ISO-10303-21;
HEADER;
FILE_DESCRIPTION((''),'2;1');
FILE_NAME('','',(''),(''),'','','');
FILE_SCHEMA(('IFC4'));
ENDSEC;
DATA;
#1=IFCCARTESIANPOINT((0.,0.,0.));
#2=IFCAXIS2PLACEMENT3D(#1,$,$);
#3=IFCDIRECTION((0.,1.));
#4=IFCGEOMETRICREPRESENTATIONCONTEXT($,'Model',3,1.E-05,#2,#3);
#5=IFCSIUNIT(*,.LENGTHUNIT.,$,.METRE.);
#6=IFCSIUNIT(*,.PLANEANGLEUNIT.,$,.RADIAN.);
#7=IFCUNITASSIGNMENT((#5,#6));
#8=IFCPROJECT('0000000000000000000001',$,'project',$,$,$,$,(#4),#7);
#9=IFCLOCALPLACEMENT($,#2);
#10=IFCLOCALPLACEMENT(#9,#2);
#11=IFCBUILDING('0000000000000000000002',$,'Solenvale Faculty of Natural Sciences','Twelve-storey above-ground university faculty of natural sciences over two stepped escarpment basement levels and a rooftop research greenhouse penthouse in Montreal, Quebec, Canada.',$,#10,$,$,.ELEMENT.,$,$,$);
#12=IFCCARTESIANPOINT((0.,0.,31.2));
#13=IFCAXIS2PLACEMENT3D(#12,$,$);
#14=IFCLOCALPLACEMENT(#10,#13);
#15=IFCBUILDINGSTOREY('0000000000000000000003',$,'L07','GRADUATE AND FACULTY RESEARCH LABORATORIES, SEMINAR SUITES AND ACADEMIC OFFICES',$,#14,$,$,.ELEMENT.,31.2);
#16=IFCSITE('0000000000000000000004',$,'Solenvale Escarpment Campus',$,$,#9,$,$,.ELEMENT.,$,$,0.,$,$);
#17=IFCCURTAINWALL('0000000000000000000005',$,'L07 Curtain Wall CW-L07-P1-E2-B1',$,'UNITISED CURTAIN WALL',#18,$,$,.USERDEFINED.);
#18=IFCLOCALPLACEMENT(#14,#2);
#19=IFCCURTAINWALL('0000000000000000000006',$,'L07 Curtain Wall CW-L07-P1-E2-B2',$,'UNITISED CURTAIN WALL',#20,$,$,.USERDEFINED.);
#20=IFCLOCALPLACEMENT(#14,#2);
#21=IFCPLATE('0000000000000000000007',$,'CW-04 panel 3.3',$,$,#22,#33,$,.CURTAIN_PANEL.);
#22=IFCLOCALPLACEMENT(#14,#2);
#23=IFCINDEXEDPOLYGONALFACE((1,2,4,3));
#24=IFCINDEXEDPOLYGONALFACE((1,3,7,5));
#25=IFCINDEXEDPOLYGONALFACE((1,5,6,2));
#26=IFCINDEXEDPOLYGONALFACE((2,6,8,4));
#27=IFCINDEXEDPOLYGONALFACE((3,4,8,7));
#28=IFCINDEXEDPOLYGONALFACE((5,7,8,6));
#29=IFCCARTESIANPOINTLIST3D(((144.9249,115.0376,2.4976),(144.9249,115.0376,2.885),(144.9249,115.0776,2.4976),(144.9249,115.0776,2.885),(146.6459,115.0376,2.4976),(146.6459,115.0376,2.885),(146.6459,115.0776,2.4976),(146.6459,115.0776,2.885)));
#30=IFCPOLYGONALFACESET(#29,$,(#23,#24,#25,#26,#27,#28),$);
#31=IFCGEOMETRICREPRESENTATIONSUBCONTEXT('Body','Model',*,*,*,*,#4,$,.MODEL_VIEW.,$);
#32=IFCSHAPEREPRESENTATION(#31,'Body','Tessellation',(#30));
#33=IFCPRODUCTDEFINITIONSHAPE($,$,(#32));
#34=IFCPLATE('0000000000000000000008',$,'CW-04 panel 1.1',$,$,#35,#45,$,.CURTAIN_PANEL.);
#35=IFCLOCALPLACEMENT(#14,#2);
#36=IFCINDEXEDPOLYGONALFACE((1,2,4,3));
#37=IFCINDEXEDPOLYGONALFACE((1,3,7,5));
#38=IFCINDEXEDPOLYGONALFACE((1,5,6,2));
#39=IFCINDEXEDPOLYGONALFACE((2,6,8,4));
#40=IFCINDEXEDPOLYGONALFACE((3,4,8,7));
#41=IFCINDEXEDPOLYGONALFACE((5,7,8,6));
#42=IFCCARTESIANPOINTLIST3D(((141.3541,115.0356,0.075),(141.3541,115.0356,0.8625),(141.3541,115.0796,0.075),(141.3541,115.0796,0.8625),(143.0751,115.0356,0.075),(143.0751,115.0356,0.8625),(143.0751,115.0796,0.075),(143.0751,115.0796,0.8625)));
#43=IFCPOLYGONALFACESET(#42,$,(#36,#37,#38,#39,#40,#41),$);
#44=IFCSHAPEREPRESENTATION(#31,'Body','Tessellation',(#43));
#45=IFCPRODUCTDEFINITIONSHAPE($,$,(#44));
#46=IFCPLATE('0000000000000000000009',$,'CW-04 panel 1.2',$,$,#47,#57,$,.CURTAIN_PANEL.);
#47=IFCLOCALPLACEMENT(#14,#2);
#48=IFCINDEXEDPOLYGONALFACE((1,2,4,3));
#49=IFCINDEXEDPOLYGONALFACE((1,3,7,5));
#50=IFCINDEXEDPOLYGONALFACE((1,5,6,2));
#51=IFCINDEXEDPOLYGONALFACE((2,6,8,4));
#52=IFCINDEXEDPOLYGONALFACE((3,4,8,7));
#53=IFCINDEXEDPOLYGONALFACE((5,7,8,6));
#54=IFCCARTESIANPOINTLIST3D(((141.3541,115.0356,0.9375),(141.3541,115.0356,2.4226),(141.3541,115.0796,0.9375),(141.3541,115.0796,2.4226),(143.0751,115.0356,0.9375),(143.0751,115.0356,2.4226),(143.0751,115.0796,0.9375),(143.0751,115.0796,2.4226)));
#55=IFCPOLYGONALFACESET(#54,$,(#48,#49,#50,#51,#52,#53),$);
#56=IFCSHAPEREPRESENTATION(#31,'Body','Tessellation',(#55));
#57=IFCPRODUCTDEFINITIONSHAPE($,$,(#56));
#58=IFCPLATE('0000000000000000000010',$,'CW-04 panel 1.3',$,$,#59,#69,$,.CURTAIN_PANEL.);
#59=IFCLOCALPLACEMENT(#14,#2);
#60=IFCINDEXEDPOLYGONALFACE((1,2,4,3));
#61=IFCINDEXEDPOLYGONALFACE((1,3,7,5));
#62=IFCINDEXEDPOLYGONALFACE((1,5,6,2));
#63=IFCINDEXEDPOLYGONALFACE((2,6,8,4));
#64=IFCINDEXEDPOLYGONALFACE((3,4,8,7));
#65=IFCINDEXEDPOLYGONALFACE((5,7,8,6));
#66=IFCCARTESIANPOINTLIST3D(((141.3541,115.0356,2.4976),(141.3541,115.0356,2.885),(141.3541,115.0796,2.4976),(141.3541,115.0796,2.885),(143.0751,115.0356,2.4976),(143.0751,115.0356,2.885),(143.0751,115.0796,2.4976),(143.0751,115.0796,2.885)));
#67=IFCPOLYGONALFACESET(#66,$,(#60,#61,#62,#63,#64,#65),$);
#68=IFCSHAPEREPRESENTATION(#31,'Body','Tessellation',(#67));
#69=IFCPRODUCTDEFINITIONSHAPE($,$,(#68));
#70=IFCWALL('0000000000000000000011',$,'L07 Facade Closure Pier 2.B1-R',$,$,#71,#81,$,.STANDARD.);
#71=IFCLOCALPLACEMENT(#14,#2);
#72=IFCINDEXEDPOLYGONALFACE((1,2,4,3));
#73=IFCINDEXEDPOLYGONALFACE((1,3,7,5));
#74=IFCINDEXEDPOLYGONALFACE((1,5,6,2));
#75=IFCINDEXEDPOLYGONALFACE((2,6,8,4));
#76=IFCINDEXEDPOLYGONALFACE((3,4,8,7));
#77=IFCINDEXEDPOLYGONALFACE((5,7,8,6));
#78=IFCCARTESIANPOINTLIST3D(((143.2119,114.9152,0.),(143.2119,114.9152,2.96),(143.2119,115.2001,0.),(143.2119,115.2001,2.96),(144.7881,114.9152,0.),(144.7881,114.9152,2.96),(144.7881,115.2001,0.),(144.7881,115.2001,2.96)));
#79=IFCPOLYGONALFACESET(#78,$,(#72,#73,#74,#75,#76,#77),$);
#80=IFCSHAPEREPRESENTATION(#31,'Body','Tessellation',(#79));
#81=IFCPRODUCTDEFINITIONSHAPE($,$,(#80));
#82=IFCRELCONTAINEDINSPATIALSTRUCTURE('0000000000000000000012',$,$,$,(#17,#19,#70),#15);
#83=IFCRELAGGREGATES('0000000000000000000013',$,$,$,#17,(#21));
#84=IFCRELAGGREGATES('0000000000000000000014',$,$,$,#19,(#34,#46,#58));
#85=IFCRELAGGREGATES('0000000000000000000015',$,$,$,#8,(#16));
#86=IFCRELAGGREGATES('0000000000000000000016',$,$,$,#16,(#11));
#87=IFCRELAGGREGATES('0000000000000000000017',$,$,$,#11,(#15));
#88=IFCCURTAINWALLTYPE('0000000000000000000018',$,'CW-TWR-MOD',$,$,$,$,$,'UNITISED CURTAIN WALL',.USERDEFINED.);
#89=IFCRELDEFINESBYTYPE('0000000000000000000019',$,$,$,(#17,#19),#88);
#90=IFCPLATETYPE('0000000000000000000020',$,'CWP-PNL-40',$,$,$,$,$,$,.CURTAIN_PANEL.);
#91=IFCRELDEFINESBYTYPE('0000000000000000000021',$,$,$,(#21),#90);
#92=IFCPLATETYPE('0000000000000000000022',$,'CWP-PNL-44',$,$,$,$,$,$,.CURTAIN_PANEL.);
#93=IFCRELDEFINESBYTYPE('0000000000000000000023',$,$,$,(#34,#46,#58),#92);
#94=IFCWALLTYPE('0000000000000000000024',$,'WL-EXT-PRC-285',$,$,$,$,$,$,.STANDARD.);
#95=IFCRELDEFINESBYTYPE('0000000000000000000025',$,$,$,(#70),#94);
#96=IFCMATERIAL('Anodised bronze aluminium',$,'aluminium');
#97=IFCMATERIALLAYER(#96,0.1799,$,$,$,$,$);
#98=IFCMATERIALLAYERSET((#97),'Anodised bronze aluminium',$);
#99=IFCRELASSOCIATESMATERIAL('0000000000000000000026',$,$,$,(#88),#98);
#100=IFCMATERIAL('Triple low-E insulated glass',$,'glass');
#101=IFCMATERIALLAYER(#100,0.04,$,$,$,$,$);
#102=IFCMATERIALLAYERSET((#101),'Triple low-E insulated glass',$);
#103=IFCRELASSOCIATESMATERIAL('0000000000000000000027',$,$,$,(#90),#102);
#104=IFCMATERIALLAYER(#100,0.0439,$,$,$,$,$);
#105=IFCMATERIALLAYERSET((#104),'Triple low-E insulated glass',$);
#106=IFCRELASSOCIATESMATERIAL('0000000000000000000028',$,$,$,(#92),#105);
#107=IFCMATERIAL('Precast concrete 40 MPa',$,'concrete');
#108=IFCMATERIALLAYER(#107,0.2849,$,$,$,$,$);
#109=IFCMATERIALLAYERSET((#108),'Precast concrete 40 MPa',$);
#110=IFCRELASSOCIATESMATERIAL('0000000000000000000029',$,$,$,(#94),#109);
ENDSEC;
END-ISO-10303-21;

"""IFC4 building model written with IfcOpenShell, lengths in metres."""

from ifc_helpers import new_model, si_unit, direction, frame, frame_2d, origin, origin_2d, place, context, subcontext, project, spatial, rectangle, extrude, material, layer, layer_set, type_object, element, aggregate, save


model = new_model("IFC4")

# Units and contexts
model_context = context("Model", 3, precision=1e-05, world=origin(), true_north=direction((0.0, 1.0)))
body_context = subcontext(model_context, "Body", "Model", "MODEL_VIEW")
ifc_project = project(units=[si_unit("LENGTHUNIT", "METRE"), si_unit("PLANEANGLEUNIT", "RADIAN")], contexts=[model_context])

# Site, building, storey
site_placement = place(None, origin())
site = spatial("IfcSite", under=ifc_project, at=site_placement, Name="Solenvale Escarpment Campus", CompositionType="ELEMENT", RefElevation=0.0)
building_placement = place(site_placement, origin())
building = spatial("IfcBuilding", under=site, at=building_placement, Name="Solenvale Faculty of Natural Sciences", Description="Twelve-storey above-ground university faculty of natural sciences over two stepped escarpment basement levels and a rooftop research greenhouse penthouse in Montreal, Quebec, Canada.", CompositionType="ELEMENT")
storey_placement = place(building_placement, frame((0.0, 0.0, 31.2)))
storey = spatial("IfcBuildingStorey", under=building, at=storey_placement, Name="L07", Description="GRADUATE AND FACULTY RESEARCH LABORATORIES, SEMINAR SUITES AND ACADEMIC OFFICES", CompositionType="ELEMENT", Elevation=31.2)

# Shared definitions
ifc_material_1 = material(Name="Precast concrete 40 MPa", Category="concrete")

# Curtain wall
ifc_material_2 = material(Name="Anodised bronze aluminium", Category="aluminium")
ifc_layer_1 = layer(ifc_material_2, 0.1799)
ifc_layer_set_1 = layer_set([ifc_layer_1], Name="Anodised bronze aluminium")
curtain_wall_type = type_object("IfcCurtainWallType", Name="CW-TWR-MOD", ElementType="UNITISED CURTAIN WALL", PredefinedType="USERDEFINED", material=ifc_layer_set_1)
curtain_wall_1_placement = place(storey_placement, origin())
curtain_wall_1 = element("IfcCurtainWall", 1, at=curtain_wall_1_placement, inside=storey, type_object=curtain_wall_type, Name="L07 Curtain Wall CW-L07-P1-E2-B1", ObjectType="UNITISED CURTAIN WALL", PredefinedType="USERDEFINED")

# Curtain wall
curtain_wall_2_placement = place(storey_placement, origin())
curtain_wall_2 = element("IfcCurtainWall", 2, at=curtain_wall_2_placement, inside=storey, type_object=curtain_wall_type, Name="L07 Curtain Wall CW-L07-P1-E2-B2", ObjectType="UNITISED CURTAIN WALL", PredefinedType="USERDEFINED")

# Plates
ifc_material_3 = material(Name="Triple low-E insulated glass", Category="glass")
ifc_layer_2 = layer(ifc_material_3, 0.04)
ifc_layer_set_2 = layer_set([ifc_layer_2], Name="Triple low-E insulated glass")
plate_type_1 = type_object("IfcPlateType", Name="CWP-PNL-40", PredefinedType="CURTAIN_PANEL", material=ifc_layer_set_2)
plate_1_placement = place(storey_placement, frame((145.7854, 115.0576, 2.4976), z_axis=(0.0, 0.0, 1.0), x_axis=(-1.0, 0.0, 0.0)))
plate_1 = element("IfcPlate", 3, at=plate_1_placement, type_object=plate_type_1, Name="CW-04 panel 3.3", PredefinedType="CURTAIN_PANEL", context=body_context, shape_type="SweptSolid", body=[
    extrude(rectangle(XDim=1.7209, YDim=0.04, at=origin_2d()), origin(), (0.0, 0.0, 1.0), 0.3875),
])
aggregate(curtain_wall_1, [plate_1])
ifc_layer_3 = layer(ifc_material_3, 0.0439)
ifc_layer_set_3 = layer_set([ifc_layer_3], Name="Triple low-E insulated glass")
plate_type_2 = type_object("IfcPlateType", Name="CWP-PNL-44", PredefinedType="CURTAIN_PANEL", material=ifc_layer_set_3)
plate_2_placement = place(storey_placement, frame((142.2146, 115.0576, 0.075), z_axis=(0.0, 0.0, 1.0), x_axis=(-1.0, 0.0, 0.0)))
plate_2 = element("IfcPlate", 4, at=plate_2_placement, type_object=plate_type_2, Name="CW-04 panel 1.1", PredefinedType="CURTAIN_PANEL", context=body_context, shape_type="SweptSolid", body=[
    extrude(rectangle(XDim=1.7209, YDim=0.0439, at=origin_2d()), origin(), (0.0, 0.0, 1.0), 0.7876),
])
plate_3_placement = place(storey_placement, frame((142.2146, 115.0576, 0.9375), z_axis=(0.0, 0.0, 1.0), x_axis=(-1.0, 0.0, 0.0)))
plate_3 = element("IfcPlate", 5, at=plate_3_placement, type_object=plate_type_2, Name="CW-04 panel 1.2", PredefinedType="CURTAIN_PANEL", context=body_context, shape_type="SweptSolid", body=[
    extrude(rectangle(XDim=1.7209, YDim=0.0439, at=origin_2d()), origin(), (0.0, 0.0, 1.0), 1.4851),
])
plate_4_placement = place(storey_placement, frame((142.2146, 115.0576, 2.4976), z_axis=(0.0, 0.0, 1.0), x_axis=(-1.0, 0.0, 0.0)))
plate_4 = element("IfcPlate", 6, at=plate_4_placement, type_object=plate_type_2, Name="CW-04 panel 1.3", PredefinedType="CURTAIN_PANEL", context=body_context, shape_type="SweptSolid", body=[
    extrude(rectangle(XDim=1.7209, YDim=0.0439, at=origin_2d()), origin(), (0.0, 0.0, 1.0), 0.3875),
])
aggregate(curtain_wall_2, [plate_2, plate_3, plate_4])

# Wall
ifc_layer_4 = layer(ifc_material_1, 0.2849)
ifc_layer_set_4 = layer_set([ifc_layer_4], Name="Precast concrete 40 MPa")
wall_type = type_object("IfcWallType", Name="WL-EXT-PRC-285", PredefinedType="STANDARD", material=ifc_layer_set_4)
wall_placement = place(storey_placement, frame((144.7881, 115.0576, 0.0), z_axis=(0.0, 0.0, 1.0), x_axis=(-1.0, 0.0, 0.0)))
element("IfcWall", 7, at=wall_placement, inside=storey, type_object=wall_type, Name="L07 Facade Closure Pier 2.B1-R", PredefinedType="STANDARD", context=body_context, shape_type="SweptSolid", body=[
    extrude(rectangle(XDim=1.5762, YDim=0.2849, at=frame_2d((0.7881, 0.0))), origin(), (0.0, 0.0, 1.0), 2.96),
])

save(model, "model.ifc")
